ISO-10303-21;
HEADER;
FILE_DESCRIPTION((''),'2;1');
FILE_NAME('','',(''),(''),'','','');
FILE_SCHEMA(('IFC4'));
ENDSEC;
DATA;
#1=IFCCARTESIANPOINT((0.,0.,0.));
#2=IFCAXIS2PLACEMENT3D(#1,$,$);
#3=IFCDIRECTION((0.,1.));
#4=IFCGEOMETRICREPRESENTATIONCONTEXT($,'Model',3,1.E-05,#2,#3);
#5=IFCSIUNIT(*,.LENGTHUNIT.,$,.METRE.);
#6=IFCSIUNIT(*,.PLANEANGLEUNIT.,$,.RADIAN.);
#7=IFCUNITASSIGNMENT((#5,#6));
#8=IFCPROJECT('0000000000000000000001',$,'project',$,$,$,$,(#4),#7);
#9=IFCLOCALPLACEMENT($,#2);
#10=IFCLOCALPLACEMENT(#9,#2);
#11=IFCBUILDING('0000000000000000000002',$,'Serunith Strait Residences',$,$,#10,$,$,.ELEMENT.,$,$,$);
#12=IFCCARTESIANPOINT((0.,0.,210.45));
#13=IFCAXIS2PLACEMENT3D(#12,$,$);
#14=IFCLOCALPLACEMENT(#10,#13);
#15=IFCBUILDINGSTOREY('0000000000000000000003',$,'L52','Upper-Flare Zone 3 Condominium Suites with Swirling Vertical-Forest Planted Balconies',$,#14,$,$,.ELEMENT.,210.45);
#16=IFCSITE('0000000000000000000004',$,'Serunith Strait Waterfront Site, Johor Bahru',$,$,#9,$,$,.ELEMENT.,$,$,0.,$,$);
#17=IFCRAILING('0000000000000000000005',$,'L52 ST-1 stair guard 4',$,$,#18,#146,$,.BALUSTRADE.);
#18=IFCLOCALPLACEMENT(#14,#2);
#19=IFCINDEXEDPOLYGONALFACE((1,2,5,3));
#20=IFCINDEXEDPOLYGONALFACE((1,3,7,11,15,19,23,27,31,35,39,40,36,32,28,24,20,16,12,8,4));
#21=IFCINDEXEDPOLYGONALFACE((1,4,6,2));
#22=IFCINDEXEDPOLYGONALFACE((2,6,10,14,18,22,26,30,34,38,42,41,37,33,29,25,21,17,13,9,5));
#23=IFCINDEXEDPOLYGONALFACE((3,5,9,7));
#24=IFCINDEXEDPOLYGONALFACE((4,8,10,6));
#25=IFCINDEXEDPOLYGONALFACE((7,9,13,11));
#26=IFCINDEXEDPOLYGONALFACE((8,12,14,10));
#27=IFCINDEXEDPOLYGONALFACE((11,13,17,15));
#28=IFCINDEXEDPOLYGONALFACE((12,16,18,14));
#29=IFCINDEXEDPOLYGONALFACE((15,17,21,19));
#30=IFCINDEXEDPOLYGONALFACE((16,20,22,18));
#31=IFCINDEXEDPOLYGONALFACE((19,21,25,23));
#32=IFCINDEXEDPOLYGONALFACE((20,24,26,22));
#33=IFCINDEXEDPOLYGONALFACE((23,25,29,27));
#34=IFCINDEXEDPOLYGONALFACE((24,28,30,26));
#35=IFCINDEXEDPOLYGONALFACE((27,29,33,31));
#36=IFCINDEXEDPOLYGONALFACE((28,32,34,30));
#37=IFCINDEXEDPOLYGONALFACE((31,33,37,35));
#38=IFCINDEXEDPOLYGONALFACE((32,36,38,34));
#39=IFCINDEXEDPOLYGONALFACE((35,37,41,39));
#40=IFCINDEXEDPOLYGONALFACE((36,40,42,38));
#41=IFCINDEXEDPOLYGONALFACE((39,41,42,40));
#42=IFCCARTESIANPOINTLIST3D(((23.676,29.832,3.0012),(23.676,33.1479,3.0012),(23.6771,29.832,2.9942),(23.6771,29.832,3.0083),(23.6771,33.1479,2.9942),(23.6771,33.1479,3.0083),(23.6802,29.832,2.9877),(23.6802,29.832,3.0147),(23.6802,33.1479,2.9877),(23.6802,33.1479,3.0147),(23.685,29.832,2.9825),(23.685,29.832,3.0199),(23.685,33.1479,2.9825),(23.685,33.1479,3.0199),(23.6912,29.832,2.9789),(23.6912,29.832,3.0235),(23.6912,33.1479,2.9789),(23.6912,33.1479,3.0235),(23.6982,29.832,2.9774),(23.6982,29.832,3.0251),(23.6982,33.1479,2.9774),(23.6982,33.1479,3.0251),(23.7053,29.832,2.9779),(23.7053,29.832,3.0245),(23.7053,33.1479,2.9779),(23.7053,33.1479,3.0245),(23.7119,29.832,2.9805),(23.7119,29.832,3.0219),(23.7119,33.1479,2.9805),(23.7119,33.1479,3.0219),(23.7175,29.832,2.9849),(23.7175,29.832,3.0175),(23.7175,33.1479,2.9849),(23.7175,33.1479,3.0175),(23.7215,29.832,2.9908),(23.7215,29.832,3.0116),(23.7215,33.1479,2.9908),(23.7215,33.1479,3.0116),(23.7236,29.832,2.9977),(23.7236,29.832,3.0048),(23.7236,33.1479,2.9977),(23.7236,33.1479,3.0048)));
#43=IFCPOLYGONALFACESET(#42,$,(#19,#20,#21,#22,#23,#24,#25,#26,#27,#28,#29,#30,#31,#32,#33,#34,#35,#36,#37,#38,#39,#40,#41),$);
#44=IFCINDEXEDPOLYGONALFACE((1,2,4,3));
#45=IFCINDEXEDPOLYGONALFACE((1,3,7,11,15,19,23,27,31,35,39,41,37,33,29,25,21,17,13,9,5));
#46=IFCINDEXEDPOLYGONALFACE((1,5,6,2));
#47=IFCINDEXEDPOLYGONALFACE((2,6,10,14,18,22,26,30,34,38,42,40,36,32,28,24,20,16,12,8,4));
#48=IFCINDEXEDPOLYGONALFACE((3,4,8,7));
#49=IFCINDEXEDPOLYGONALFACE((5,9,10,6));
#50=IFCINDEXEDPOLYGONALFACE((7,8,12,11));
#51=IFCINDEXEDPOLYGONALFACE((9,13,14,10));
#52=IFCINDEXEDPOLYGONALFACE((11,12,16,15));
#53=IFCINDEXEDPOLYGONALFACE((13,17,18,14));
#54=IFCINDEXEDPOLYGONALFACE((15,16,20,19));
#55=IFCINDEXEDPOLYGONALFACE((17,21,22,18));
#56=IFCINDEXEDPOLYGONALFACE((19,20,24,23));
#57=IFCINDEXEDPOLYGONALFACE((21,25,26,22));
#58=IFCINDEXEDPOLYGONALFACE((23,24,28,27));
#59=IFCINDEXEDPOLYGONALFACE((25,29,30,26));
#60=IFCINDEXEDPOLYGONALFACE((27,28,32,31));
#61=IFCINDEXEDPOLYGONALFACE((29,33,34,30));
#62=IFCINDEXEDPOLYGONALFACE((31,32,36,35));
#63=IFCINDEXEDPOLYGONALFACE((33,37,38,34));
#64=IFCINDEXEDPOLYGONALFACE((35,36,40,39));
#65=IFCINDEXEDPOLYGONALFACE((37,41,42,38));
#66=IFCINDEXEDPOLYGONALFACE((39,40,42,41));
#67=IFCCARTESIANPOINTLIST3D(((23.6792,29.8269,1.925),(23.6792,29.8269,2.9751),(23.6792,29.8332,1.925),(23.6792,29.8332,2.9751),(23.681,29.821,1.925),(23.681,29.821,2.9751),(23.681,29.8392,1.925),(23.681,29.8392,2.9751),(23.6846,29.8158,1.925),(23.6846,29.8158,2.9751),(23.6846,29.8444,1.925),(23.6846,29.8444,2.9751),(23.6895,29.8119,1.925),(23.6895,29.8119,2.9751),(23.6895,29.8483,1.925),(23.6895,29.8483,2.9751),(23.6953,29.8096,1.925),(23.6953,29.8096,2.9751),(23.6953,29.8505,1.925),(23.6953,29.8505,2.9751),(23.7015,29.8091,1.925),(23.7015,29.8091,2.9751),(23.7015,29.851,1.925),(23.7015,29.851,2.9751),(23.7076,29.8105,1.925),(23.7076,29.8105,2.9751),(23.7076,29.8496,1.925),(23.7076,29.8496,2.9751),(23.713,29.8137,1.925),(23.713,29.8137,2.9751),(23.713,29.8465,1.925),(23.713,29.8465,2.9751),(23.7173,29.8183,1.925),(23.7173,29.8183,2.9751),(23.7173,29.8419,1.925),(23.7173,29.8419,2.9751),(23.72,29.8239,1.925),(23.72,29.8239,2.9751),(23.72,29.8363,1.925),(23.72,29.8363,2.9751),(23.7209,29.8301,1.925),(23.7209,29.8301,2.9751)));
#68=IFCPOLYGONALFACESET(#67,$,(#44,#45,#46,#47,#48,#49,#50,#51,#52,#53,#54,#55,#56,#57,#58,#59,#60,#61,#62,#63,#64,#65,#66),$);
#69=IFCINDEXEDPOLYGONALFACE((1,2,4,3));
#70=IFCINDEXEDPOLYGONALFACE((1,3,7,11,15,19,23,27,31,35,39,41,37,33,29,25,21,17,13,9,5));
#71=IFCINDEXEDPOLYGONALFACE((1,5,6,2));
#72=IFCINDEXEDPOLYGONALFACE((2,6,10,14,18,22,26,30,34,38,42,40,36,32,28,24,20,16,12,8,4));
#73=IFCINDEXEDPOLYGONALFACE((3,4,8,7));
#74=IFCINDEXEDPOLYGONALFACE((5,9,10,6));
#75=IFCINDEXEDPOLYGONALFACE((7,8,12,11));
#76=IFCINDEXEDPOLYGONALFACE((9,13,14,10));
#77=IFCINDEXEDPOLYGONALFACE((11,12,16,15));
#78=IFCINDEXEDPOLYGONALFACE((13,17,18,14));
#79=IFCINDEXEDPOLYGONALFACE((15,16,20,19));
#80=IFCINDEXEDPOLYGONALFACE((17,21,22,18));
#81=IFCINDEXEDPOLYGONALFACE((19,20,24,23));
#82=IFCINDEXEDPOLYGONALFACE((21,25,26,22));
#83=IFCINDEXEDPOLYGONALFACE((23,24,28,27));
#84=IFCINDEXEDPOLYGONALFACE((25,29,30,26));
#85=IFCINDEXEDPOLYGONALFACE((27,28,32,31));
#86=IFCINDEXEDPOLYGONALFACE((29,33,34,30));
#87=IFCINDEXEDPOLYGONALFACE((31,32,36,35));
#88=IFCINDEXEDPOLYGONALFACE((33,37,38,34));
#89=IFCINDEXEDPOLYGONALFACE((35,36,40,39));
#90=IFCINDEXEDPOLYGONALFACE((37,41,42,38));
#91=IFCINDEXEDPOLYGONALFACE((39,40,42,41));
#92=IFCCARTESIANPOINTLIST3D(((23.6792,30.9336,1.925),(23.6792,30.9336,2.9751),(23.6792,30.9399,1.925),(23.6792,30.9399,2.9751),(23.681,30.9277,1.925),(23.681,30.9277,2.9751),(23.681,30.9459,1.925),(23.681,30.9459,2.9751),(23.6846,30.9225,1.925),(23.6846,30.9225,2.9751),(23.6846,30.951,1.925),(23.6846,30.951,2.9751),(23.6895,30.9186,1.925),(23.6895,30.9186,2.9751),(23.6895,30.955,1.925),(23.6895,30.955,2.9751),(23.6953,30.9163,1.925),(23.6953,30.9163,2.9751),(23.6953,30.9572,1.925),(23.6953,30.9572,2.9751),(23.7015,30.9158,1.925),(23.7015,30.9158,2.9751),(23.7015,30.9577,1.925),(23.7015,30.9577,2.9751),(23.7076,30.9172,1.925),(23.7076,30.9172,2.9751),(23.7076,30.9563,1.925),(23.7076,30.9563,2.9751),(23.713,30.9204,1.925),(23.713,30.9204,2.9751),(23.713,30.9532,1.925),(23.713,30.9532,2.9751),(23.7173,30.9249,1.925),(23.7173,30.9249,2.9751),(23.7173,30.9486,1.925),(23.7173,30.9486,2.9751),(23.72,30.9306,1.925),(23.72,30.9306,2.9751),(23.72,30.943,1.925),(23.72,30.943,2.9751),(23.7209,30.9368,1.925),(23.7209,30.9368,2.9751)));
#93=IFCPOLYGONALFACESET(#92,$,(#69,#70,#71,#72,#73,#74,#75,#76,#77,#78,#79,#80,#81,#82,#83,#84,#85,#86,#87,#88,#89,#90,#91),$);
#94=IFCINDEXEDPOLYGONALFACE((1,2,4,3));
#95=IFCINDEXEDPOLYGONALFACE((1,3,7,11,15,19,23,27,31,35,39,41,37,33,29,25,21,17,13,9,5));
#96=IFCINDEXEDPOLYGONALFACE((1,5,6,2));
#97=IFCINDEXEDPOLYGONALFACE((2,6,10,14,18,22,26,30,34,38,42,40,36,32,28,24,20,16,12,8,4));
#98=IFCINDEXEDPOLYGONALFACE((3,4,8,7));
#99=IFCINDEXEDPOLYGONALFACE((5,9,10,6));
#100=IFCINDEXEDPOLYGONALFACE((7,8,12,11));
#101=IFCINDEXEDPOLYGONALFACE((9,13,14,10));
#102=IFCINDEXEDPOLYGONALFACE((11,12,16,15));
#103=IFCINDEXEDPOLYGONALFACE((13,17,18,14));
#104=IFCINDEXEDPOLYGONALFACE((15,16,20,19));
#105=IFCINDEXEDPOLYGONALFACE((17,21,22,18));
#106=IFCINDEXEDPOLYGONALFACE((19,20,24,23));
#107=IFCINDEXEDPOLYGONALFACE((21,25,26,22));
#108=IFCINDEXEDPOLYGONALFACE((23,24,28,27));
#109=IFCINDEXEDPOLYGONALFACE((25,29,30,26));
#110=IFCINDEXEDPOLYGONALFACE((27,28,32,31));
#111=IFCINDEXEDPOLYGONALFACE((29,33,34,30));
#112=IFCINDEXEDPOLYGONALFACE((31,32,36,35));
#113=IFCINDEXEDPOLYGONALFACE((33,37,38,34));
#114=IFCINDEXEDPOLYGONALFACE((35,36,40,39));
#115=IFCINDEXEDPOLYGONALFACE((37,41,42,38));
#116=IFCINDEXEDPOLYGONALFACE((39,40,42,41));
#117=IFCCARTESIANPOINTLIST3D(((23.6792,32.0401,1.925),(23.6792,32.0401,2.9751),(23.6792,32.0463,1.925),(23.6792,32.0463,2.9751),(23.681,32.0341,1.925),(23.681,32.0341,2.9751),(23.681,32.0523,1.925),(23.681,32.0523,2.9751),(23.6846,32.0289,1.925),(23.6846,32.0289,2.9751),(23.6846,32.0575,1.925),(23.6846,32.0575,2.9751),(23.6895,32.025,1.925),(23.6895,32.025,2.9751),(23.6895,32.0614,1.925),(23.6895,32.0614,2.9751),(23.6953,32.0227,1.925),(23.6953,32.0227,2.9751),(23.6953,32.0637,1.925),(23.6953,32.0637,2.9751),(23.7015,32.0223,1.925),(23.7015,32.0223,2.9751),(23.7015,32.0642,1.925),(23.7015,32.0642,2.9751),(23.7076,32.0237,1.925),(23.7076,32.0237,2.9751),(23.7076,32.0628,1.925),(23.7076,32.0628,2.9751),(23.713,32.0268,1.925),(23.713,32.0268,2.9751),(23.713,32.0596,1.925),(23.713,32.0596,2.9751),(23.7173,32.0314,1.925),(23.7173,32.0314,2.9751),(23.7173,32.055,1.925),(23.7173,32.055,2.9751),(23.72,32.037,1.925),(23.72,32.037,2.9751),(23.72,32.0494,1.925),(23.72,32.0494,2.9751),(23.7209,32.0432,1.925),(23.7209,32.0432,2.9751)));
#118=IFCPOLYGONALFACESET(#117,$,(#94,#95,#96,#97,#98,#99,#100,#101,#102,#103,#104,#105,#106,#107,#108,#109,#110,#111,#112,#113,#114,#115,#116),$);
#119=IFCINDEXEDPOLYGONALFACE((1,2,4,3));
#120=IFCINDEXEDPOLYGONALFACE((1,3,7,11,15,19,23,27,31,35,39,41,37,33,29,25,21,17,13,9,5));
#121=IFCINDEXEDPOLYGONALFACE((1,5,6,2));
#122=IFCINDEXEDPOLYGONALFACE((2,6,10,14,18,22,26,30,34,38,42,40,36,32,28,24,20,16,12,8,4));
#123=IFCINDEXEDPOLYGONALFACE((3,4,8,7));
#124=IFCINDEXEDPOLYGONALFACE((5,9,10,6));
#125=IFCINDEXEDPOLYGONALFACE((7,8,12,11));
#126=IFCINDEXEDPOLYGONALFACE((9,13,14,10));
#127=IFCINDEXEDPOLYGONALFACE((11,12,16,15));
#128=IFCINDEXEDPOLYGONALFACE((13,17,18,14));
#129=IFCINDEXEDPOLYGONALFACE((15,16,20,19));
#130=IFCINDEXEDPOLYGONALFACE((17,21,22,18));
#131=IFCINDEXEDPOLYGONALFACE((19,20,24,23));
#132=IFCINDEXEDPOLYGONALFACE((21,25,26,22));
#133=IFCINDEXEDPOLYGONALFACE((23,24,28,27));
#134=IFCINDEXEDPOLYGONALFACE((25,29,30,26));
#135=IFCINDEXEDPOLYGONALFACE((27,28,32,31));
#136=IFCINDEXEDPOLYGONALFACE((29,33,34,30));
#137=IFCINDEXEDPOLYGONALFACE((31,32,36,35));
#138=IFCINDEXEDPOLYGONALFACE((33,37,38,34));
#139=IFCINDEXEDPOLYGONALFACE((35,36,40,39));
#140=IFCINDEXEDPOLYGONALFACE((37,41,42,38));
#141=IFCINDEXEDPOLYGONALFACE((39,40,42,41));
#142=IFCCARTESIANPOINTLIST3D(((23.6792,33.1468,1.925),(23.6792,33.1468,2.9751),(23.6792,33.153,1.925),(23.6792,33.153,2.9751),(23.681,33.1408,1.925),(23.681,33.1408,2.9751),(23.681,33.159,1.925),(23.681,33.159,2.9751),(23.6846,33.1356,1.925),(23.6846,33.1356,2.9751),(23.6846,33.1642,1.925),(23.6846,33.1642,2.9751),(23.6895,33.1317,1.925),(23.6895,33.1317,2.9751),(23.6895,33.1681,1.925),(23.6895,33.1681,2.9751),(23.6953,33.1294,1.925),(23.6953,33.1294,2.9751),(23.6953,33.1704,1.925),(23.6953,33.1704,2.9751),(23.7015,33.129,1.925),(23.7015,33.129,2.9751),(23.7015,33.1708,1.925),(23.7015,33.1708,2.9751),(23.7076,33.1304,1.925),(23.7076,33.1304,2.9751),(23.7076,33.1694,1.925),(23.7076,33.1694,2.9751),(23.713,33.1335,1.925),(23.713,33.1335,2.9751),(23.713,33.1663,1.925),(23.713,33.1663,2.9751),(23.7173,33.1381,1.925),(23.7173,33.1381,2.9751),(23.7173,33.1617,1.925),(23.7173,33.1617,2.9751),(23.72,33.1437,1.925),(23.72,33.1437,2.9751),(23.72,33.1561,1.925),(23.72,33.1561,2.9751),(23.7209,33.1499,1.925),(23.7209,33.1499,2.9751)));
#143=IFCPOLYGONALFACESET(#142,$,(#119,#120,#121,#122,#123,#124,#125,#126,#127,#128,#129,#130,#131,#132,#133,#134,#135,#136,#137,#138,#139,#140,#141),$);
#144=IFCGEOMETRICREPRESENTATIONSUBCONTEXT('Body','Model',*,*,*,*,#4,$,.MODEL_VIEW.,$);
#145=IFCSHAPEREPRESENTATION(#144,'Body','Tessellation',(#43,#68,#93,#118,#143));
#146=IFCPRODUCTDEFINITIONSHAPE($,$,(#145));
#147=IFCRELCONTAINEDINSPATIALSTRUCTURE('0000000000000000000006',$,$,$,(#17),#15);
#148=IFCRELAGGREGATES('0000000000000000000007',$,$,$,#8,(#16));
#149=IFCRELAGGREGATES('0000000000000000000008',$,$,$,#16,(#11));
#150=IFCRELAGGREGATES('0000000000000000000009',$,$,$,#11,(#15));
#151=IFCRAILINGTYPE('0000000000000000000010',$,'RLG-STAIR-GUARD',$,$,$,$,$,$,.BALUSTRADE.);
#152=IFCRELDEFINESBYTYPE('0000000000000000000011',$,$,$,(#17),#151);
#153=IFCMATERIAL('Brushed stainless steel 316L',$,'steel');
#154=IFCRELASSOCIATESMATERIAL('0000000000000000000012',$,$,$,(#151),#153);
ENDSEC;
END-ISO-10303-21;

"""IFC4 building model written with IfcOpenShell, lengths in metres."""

from ifc_helpers import new_model, si_unit, direction, frame, origin, origin_2d, place, context, subcontext, project, spatial, circle, extrude, material, type_object, element, save


model = new_model("IFC4")

# Units and contexts
model_context = context("Model", 3, precision=1e-05, world=origin(), true_north=direction((0.0, 1.0)))
body_context = subcontext(model_context, "Body", "Model", "MODEL_VIEW")
ifc_project = project(units=[si_unit("LENGTHUNIT", "METRE"), si_unit("PLANEANGLEUNIT", "RADIAN")], contexts=[model_context])

# Site, building, storey
site_placement = place(None, origin())
site = spatial("IfcSite", under=ifc_project, at=site_placement, Name="Serunith Strait Waterfront Site, Johor Bahru", CompositionType="ELEMENT", RefElevation=0.0)
building_placement = place(site_placement, origin())
building = spatial("IfcBuilding", under=site, at=building_placement, Name="Serunith Strait Residences", CompositionType="ELEMENT")
storey_placement = place(building_placement, frame((0.0, 0.0, 210.45)))
storey = spatial("IfcBuildingStorey", under=building, at=storey_placement, Name="L52", Description="Upper-Flare Zone 3 Condominium Suites with Swirling Vertical-Forest Planted Balconies", CompositionType="ELEMENT", Elevation=210.45)

# Railing
ifc_material_1 = material(Name="Brushed stainless steel 316L", Category="steel")
railing_type_1 = type_object("IfcRailingType", Name="RLG-STAIR-GUARD", PredefinedType="BALUSTRADE", material=ifc_material_1)
for number, where, name in (
    (1, (23.7, 29.8301, 1.925), "L52 ST-1 stair guard 4"),
):
    element("IfcRailing", number, at=place(storey_placement, frame(where)), inside=storey, type_object=railing_type_1, Name=name, PredefinedType="BALUSTRADE", context=body_context, shape_type="SweptSolid", body=[
        extrude(circle(Radius=0.0239, at=origin_2d()), frame((0.0, 0.002, 1.0762), z_axis=(0.0, 1.0, 0.0), x_axis=(-1.0, 0.0, 0.0)), (0.0, 0.0, 1.0), 3.3159),
        extrude(circle(Radius=0.021, at=origin_2d()), origin(), (0.0, 0.0, 1.0), 1.05),
        extrude(circle(Radius=0.021, at=origin_2d()), frame((0.0, 1.1067, 0.0)), (0.0, 0.0, 1.0), 1.05),
        extrude(circle(Radius=0.021, at=origin_2d()), frame((0.0, 2.2131, 0.0)), (0.0, 0.0, 1.0), 1.05),
        extrude(circle(Radius=0.021, at=origin_2d()), frame((0.0, 3.3198, 0.0)), (0.0, 0.0, 1.0), 1.05),
    ])

save(model, "model.ifc")
